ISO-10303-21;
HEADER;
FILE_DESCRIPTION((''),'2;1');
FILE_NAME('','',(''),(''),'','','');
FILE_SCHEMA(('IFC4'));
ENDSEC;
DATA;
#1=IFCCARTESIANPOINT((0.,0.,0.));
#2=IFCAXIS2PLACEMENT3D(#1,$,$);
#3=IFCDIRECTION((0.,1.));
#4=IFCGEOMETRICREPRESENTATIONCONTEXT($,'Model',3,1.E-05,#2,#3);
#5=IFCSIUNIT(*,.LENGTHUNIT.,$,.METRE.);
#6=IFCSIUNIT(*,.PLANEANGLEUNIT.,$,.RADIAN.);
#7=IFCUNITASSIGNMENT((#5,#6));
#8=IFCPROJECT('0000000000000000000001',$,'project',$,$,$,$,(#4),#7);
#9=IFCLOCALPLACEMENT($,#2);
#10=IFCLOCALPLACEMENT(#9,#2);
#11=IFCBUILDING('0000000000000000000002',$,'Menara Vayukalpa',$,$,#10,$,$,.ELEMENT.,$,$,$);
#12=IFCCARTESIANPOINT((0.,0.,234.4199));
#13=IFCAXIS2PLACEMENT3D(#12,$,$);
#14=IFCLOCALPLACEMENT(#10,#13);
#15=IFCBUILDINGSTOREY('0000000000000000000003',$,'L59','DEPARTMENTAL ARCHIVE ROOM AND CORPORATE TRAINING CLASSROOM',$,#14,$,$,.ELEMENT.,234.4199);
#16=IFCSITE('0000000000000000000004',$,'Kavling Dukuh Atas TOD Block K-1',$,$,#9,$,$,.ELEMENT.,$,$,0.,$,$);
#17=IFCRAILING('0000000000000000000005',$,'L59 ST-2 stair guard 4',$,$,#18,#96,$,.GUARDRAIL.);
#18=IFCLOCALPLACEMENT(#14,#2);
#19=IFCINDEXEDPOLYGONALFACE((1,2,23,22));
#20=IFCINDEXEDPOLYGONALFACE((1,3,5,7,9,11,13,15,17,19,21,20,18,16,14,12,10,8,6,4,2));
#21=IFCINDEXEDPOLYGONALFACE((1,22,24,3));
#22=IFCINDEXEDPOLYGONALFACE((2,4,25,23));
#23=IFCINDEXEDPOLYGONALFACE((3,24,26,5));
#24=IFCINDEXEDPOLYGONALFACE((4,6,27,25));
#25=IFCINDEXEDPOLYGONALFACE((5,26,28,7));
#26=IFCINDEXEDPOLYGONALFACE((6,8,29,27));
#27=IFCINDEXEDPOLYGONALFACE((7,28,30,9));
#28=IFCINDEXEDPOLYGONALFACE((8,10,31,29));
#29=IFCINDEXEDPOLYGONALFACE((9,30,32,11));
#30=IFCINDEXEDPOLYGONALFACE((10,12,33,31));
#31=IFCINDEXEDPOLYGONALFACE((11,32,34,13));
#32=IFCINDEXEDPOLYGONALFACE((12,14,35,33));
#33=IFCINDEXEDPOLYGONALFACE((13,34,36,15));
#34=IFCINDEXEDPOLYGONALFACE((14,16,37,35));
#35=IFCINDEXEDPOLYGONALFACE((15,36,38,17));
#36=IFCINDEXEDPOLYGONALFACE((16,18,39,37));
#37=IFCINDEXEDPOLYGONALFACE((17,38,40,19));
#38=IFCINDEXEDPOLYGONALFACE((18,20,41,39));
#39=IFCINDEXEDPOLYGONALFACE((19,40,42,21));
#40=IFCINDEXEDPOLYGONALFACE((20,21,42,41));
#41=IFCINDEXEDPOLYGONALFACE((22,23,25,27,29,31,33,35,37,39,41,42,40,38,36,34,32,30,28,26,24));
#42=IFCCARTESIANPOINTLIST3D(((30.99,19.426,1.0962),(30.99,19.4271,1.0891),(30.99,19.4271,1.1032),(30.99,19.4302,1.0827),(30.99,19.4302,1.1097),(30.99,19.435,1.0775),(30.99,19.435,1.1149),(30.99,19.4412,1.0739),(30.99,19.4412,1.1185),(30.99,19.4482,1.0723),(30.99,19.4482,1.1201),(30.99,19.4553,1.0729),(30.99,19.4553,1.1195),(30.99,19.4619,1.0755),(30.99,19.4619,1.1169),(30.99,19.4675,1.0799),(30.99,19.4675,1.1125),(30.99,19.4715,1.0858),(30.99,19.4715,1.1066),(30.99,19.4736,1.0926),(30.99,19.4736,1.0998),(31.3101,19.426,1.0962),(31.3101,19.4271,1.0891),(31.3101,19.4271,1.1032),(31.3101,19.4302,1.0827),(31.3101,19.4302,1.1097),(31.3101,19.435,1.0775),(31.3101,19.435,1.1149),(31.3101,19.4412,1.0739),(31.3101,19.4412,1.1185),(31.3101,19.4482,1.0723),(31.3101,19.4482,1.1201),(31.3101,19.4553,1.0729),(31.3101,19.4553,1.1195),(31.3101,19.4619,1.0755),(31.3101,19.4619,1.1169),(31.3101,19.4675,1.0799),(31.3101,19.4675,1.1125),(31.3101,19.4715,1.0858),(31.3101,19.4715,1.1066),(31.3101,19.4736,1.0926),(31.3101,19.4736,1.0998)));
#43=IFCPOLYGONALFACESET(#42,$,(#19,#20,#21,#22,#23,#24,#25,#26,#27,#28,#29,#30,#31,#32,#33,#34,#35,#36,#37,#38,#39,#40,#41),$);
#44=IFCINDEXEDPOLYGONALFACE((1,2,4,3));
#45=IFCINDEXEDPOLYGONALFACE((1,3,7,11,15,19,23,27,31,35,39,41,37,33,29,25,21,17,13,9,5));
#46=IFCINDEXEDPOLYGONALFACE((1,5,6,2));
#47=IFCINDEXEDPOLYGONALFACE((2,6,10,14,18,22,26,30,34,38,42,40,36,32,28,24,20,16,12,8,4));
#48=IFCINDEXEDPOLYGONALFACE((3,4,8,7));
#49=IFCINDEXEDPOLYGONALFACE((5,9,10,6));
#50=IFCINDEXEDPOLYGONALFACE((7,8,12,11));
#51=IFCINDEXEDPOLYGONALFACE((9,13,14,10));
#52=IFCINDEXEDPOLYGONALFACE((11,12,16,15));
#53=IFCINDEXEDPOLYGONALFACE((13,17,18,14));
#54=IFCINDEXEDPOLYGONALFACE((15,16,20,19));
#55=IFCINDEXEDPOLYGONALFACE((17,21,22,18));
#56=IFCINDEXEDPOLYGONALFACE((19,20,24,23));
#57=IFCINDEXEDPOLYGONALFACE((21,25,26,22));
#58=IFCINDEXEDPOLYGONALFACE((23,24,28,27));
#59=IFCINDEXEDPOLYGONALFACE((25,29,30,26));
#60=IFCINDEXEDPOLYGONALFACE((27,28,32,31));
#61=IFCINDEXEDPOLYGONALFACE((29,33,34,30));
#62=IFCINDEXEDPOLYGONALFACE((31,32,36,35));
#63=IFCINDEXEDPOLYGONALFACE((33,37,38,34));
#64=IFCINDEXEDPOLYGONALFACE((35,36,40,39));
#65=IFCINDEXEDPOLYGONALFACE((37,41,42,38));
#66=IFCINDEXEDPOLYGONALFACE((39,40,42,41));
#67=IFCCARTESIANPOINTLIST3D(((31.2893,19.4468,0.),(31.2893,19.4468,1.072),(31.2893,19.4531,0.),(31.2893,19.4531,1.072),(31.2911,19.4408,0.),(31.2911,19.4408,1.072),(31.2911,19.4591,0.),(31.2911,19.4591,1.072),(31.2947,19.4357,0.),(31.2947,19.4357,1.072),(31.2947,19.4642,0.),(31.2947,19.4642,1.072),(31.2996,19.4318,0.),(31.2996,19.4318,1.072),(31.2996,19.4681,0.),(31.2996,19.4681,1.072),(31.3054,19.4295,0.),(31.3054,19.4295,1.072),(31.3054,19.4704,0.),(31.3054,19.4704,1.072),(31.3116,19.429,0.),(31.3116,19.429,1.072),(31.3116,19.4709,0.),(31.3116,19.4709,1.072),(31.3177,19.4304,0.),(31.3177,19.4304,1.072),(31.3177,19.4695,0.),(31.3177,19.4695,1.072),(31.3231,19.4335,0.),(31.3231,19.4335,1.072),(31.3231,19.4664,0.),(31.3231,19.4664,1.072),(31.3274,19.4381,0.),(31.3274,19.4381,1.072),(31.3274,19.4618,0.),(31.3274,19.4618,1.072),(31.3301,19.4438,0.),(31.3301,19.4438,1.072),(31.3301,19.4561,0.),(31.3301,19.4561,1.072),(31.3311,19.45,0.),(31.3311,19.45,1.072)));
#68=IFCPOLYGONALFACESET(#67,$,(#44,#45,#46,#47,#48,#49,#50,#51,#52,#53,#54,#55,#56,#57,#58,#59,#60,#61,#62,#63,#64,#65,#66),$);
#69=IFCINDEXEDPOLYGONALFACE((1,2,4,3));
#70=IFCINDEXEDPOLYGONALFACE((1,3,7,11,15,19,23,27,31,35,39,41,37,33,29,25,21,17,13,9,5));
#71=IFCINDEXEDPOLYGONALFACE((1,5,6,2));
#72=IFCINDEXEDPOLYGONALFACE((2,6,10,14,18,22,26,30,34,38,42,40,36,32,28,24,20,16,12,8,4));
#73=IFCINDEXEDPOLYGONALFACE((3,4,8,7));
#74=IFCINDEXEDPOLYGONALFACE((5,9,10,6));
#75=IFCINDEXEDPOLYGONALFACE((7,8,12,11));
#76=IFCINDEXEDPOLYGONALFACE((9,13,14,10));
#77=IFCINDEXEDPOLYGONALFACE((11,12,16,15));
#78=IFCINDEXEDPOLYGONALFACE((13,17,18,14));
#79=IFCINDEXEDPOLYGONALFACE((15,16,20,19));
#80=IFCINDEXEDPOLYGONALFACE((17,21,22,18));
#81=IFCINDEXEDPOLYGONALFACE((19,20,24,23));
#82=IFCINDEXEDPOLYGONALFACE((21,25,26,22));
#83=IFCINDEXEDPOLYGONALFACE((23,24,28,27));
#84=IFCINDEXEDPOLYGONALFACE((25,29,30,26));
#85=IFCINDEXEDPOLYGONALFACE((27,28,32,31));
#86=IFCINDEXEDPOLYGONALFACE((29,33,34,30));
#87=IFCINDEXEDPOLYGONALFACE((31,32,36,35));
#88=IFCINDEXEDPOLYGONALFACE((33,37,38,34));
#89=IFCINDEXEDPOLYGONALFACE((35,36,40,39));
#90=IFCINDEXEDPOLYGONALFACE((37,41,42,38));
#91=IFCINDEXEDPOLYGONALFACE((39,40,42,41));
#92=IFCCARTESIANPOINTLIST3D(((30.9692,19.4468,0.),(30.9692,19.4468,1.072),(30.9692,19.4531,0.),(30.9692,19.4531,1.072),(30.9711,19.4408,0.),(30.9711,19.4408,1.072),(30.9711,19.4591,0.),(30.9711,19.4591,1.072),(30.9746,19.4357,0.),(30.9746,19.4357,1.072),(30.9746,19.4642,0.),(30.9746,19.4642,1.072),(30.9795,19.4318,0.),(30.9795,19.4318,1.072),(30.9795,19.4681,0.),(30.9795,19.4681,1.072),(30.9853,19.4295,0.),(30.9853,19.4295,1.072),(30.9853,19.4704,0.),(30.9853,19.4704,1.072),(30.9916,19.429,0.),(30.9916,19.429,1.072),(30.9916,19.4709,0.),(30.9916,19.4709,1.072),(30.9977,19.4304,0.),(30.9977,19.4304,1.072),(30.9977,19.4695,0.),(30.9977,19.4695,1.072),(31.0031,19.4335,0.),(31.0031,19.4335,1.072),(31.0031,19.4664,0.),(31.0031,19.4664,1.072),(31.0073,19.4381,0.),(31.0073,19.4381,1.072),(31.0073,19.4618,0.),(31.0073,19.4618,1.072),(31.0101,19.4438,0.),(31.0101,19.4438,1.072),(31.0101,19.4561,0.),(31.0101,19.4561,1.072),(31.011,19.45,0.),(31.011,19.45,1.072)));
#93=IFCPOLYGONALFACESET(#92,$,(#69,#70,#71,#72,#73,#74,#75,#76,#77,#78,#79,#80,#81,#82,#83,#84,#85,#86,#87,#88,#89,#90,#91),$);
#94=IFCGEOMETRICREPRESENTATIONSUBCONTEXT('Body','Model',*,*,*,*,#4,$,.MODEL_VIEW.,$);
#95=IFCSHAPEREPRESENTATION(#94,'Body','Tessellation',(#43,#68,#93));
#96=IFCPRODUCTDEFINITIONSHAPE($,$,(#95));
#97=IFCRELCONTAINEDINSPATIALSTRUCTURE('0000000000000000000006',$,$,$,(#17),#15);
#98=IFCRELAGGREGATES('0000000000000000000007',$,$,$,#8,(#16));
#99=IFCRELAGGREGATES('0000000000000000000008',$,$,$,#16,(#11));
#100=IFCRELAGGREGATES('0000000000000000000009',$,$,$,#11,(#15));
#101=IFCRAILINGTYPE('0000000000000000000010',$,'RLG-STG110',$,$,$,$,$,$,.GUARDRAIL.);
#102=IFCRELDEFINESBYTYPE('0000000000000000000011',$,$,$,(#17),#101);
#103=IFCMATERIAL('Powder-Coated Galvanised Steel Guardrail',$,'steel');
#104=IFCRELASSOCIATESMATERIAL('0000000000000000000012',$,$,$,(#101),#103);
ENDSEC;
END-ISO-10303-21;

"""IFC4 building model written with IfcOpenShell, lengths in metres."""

from ifc_helpers import new_model, si_unit, direction, frame, origin, origin_2d, place, context, subcontext, project, spatial, circle, extrude, material, type_object, element, save


model = new_model("IFC4")

# Units and contexts
model_context = context("Model", 3, precision=1e-05, world=origin(), true_north=direction((0.0, 1.0)))
body_context = subcontext(model_context, "Body", "Model", "MODEL_VIEW")
ifc_project = project(units=[si_unit("LENGTHUNIT", "METRE"), si_unit("PLANEANGLEUNIT", "RADIAN")], contexts=[model_context])

# Site, building, storey
site_placement = place(None, origin())
site = spatial("IfcSite", under=ifc_project, at=site_placement, Name="Kavling Dukuh Atas TOD Block K-1", CompositionType="ELEMENT", RefElevation=0.0)
building_placement = place(site_placement, origin())
building = spatial("IfcBuilding", under=site, at=building_placement, Name="Menara Vayukalpa", CompositionType="ELEMENT")
storey_placement = place(building_placement, frame((0.0, 0.0, 234.4199)))
storey = spatial("IfcBuildingStorey", under=building, at=storey_placement, Name="L59", Description="DEPARTMENTAL ARCHIVE ROOM AND CORPORATE TRAINING CLASSROOM", CompositionType="ELEMENT", Elevation=234.4199)

# Railing
ifc_material_1 = material(Name="Powder-Coated Galvanised Steel Guardrail", Category="steel")
railing_type = type_object("IfcRailingType", Name="RLG-STG110", PredefinedType="GUARDRAIL", material=ifc_material_1)
railing_1_placement = place(storey_placement, frame((31.3101, 19.45, 0.0)))
element("IfcRailing", 1, at=railing_1_placement, inside=storey, type_object=railing_type, Name="L59 ST-2 stair guard 4", PredefinedType="GUARDRAIL", context=body_context, shape_type="SweptSolid", body=[
    extrude(circle(Radius=0.0239, at=origin_2d()), frame((0.0, 0.0, 1.0962), z_axis=(-1.0, 0.0, 0.0), x_axis=(0.0, -1.0, 0.0)), (0.0, 0.0, 1.0), 0.3201),
    extrude(circle(Radius=0.021, at=origin_2d()), origin(), (0.0, 0.0, 1.0), 1.072),
    extrude(circle(Radius=0.021, at=origin_2d()), frame((-0.3201, 0.0, 0.0)), (0.0, 0.0, 1.0), 1.072),
])

save(model, "model.ifc")
